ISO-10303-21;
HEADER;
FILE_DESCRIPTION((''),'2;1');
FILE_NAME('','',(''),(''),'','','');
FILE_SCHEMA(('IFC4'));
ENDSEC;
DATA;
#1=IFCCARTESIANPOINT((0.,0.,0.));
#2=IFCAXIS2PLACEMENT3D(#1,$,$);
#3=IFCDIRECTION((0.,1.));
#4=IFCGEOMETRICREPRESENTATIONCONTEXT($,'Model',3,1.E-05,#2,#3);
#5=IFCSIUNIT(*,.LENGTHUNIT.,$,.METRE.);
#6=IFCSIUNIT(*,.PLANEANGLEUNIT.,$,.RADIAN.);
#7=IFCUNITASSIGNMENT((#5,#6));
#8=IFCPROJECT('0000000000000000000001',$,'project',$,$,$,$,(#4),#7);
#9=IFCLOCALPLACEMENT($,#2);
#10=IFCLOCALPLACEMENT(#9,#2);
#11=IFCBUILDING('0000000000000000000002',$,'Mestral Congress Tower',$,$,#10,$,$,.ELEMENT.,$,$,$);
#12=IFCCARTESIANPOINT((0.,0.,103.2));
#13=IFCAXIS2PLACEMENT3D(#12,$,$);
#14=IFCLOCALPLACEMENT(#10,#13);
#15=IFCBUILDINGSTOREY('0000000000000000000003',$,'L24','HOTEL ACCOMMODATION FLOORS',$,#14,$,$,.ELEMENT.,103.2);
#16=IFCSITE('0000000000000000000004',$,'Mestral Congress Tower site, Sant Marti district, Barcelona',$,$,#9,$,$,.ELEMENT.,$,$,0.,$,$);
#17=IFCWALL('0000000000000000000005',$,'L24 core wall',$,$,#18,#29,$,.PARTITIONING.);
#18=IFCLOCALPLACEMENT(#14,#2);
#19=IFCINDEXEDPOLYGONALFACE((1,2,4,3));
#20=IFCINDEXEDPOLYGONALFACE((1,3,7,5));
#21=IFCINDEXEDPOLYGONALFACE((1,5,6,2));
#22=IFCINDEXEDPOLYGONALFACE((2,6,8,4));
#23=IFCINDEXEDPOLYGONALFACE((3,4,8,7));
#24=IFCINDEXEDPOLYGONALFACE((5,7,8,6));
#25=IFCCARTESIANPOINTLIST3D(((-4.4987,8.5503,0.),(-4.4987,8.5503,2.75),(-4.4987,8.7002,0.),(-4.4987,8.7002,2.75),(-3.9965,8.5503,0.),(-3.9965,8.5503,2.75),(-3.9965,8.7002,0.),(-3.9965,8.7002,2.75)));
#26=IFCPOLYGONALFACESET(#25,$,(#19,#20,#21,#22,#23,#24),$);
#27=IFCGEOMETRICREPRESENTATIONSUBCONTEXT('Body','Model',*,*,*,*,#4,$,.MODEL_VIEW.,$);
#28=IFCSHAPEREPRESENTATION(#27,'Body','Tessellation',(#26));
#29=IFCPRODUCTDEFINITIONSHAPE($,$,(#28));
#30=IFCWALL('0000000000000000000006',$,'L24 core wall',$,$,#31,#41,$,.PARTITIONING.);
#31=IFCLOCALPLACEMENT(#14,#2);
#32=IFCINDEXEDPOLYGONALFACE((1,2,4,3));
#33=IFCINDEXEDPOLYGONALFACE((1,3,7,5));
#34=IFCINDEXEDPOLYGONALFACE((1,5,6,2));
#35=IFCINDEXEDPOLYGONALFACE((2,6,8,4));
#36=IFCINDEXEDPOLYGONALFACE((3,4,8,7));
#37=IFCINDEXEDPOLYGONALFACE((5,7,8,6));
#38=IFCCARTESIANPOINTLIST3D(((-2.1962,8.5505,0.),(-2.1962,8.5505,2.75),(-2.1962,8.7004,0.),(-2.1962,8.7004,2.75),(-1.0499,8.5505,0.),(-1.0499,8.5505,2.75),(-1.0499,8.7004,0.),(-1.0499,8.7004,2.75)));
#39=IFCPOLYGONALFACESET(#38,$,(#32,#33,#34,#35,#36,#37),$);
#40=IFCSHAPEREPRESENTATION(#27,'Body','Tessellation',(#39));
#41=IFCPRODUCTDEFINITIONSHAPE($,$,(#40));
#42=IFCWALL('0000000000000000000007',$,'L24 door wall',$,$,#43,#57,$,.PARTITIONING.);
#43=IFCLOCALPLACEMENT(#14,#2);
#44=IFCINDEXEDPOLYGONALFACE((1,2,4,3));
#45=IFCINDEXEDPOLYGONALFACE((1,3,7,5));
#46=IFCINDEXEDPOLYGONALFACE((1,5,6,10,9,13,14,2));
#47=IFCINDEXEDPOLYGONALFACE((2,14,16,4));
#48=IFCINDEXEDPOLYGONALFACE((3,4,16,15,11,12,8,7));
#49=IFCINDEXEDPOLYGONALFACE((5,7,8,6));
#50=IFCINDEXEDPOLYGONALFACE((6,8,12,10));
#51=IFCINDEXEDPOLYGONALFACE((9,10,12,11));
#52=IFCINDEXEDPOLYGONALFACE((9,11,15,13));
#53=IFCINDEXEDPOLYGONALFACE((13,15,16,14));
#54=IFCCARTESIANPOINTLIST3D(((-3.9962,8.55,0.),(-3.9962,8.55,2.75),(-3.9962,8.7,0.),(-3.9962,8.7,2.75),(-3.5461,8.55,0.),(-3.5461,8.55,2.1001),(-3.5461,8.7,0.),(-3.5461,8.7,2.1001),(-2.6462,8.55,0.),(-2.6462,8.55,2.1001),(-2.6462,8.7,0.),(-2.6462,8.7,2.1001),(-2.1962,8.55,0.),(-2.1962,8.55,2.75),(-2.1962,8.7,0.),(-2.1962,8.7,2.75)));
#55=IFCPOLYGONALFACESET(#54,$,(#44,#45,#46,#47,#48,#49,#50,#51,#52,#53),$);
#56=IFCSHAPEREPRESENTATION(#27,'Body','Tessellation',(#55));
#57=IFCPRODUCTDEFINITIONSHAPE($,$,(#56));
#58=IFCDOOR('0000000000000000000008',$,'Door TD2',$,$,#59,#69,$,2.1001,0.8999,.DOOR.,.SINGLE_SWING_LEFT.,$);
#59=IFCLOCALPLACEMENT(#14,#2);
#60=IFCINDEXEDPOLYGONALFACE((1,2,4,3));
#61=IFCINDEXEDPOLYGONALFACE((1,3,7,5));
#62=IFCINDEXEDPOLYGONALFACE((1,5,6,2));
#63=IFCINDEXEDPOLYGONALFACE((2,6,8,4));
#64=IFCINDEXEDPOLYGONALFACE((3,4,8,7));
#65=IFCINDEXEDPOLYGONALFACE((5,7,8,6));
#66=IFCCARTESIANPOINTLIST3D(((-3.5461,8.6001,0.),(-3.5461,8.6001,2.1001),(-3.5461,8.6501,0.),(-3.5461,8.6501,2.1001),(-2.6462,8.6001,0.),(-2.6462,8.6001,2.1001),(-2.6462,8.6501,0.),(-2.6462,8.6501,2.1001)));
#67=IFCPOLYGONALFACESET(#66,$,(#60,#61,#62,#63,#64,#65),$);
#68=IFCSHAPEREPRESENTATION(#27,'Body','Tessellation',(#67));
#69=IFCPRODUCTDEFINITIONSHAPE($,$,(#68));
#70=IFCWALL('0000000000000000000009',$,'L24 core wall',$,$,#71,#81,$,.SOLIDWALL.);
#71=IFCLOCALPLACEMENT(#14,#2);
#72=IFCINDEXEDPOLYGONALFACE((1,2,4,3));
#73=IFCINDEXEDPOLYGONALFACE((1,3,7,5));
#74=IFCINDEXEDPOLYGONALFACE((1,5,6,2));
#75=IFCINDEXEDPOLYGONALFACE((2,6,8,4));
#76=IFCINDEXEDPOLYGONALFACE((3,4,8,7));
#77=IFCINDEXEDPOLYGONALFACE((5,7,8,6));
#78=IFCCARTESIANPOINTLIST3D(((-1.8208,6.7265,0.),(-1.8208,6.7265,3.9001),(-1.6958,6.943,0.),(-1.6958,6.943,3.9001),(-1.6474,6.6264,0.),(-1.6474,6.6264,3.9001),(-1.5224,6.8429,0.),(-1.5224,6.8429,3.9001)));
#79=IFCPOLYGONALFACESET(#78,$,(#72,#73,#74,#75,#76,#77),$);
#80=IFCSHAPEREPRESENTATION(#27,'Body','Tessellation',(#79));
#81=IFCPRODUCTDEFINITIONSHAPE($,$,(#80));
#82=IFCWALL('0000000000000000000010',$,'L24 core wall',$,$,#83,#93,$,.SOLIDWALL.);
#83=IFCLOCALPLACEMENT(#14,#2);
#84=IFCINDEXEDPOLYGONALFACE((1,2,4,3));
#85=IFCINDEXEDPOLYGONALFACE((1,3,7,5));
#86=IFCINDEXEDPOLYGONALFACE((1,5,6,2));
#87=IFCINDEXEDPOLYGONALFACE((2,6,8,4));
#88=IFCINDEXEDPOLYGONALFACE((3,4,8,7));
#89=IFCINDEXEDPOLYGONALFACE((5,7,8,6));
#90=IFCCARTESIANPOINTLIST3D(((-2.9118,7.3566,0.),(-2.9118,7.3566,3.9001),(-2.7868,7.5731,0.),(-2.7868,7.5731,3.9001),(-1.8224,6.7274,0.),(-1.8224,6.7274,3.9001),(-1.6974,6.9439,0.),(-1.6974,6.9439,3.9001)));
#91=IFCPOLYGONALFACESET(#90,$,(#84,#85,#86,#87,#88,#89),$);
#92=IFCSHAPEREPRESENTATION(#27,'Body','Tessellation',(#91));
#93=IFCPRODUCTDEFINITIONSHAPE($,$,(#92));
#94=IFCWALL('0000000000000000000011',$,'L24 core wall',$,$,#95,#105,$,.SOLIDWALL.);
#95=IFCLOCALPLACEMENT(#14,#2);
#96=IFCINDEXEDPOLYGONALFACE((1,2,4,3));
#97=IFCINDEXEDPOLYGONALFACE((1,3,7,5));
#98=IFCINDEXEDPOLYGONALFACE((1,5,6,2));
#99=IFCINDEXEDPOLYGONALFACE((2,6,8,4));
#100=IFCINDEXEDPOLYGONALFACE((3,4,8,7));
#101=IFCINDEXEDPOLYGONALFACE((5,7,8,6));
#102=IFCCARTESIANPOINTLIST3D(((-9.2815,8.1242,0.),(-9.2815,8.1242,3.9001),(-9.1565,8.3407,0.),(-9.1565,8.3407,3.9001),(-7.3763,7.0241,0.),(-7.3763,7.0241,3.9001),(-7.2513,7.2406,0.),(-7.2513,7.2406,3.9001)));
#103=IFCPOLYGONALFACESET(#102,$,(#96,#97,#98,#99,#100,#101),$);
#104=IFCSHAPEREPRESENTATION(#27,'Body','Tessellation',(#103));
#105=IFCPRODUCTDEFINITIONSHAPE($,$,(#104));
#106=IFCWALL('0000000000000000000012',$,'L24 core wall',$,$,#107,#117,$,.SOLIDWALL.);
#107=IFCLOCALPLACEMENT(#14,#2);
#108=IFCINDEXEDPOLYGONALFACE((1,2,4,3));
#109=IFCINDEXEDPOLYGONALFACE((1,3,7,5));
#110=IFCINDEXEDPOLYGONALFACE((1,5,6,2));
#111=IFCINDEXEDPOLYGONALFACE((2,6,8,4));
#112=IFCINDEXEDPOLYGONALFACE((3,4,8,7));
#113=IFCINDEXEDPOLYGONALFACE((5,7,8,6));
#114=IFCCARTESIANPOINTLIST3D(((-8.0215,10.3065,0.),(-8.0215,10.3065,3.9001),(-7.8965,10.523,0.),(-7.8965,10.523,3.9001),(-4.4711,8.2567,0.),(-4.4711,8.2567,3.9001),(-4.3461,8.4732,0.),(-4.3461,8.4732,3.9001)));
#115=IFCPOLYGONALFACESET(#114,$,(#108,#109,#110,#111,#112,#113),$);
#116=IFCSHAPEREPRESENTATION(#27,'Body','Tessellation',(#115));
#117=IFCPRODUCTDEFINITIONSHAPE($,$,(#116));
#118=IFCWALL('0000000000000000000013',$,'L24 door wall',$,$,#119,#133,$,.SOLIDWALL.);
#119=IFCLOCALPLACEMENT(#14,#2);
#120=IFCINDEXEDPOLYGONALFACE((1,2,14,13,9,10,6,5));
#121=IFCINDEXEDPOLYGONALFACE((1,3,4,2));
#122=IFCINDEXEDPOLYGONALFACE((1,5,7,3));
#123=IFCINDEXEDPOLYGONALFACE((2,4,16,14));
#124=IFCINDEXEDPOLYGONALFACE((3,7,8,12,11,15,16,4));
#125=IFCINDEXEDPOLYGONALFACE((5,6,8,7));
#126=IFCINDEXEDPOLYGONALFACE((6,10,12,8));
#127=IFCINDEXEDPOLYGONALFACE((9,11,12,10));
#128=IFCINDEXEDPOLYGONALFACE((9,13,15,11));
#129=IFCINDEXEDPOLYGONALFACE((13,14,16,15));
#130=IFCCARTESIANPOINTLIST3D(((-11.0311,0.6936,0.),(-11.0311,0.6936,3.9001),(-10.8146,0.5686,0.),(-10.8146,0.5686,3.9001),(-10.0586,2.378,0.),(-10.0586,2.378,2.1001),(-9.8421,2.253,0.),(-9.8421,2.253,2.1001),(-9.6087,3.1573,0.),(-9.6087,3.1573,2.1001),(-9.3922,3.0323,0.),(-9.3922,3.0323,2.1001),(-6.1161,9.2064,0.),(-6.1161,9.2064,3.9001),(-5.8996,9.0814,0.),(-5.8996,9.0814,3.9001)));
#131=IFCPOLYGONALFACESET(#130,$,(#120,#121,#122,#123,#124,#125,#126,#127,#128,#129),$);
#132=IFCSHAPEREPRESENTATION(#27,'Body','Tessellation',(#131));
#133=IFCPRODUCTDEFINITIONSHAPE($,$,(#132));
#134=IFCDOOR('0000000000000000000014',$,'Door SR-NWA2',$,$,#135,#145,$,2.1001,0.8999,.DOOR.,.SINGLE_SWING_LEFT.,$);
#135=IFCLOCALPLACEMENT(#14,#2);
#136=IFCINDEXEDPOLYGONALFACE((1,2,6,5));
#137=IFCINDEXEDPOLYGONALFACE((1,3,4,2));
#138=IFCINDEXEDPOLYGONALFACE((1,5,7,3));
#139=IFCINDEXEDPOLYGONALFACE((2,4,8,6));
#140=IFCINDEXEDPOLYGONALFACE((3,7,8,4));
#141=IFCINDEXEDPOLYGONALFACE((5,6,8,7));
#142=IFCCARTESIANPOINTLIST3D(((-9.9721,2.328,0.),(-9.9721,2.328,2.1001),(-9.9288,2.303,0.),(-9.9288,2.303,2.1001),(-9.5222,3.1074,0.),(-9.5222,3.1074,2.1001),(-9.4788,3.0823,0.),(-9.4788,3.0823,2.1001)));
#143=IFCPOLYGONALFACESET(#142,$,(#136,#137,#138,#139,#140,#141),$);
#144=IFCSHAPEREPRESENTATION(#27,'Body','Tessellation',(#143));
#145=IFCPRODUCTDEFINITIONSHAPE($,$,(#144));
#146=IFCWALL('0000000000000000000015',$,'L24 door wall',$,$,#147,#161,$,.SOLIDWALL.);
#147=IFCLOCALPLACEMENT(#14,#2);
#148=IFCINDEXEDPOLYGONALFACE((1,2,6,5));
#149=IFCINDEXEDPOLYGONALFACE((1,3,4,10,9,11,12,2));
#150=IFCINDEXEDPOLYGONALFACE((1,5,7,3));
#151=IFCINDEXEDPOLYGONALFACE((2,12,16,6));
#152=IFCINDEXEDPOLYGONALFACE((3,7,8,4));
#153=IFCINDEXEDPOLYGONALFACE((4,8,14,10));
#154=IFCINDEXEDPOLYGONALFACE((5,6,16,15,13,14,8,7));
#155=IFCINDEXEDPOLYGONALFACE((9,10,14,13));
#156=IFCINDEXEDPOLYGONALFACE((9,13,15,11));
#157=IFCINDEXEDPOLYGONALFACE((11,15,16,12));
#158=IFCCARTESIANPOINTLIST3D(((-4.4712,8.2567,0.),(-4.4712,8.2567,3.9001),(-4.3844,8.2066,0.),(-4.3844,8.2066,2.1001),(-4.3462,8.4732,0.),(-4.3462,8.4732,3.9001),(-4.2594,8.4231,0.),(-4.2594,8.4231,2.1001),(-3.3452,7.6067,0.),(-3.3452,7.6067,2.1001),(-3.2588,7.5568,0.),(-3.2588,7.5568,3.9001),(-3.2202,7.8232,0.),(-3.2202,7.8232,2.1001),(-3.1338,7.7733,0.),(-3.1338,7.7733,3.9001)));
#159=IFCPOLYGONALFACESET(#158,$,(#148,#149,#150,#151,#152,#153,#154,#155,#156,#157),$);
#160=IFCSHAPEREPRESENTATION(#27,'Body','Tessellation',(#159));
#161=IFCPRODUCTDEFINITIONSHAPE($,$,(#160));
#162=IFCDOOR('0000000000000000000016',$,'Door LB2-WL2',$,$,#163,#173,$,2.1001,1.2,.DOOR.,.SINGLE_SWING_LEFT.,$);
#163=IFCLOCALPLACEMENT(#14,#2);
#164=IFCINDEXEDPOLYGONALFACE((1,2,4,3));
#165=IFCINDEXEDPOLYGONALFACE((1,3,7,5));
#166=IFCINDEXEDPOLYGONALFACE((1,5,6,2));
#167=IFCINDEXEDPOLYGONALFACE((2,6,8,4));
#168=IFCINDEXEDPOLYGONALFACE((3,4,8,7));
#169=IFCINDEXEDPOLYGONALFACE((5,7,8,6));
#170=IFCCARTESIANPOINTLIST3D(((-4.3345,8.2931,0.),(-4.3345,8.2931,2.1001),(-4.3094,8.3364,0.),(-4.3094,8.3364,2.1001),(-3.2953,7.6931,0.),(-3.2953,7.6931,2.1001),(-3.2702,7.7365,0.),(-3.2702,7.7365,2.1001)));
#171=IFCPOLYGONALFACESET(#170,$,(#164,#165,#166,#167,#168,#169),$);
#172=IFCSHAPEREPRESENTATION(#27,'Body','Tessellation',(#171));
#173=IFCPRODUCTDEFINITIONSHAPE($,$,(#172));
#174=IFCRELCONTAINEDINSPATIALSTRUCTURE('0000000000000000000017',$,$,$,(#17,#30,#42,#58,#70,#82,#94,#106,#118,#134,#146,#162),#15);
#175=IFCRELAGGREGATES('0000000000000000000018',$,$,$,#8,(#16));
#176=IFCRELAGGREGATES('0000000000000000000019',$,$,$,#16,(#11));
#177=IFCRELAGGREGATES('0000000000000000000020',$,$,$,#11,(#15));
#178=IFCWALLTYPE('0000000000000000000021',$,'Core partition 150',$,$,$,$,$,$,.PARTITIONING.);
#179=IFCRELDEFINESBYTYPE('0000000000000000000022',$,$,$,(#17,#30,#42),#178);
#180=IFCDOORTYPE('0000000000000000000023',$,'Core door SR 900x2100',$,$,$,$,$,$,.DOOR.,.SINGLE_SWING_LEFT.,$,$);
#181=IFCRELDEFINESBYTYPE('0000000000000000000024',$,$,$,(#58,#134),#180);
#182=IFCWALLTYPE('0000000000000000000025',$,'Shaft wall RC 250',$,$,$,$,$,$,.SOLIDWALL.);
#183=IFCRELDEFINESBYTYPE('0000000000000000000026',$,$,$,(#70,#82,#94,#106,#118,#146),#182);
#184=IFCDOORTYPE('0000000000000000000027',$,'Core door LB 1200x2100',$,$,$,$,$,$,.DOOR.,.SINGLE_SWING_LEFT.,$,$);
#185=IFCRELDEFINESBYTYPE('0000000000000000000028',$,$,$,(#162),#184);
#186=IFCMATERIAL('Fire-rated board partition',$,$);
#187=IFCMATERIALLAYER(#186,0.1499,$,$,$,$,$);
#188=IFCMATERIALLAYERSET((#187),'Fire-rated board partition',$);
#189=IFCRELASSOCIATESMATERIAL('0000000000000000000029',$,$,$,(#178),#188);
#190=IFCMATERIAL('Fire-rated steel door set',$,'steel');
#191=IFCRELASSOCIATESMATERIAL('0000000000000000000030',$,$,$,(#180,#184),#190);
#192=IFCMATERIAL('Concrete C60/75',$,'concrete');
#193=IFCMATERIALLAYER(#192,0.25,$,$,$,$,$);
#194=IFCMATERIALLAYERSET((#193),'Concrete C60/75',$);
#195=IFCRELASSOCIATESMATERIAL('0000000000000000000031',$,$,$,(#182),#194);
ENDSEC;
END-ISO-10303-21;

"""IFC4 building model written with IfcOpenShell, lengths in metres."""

from ifc_helpers import new_model, si_unit, direction, frame, frame_2d, origin, place, context, subcontext, project, spatial, rectangle, extrude, material, layer, layer_set, type_object, element, fill, save


model = new_model("IFC4")

# Units and contexts
model_context = context("Model", 3, precision=1e-05, world=origin(), true_north=direction((0.0, 1.0)))
body_context = subcontext(model_context, "Body", "Model", "MODEL_VIEW")
ifc_project = project(units=[si_unit("LENGTHUNIT", "METRE"), si_unit("PLANEANGLEUNIT", "RADIAN")], contexts=[model_context])

# Site, building, storey
site_placement = place(None, origin())
site = spatial("IfcSite", under=ifc_project, at=site_placement, Name="Mestral Congress Tower site, Sant Marti district, Barcelona", CompositionType="ELEMENT", RefElevation=0.0)
building_placement = place(site_placement, origin())
building = spatial("IfcBuilding", under=site, at=building_placement, Name="Mestral Congress Tower", CompositionType="ELEMENT")
storey_placement = place(building_placement, frame((0.0, 0.0, 103.2)))
storey = spatial("IfcBuildingStorey", under=building, at=storey_placement, Name="L24", Description="HOTEL ACCOMMODATION FLOORS", CompositionType="ELEMENT", Elevation=103.2)

# Walls
ifc_material_1 = material(Name="Fire-rated board partition")
ifc_layer_1 = layer(ifc_material_1, 0.1499)
ifc_layer_set_1 = layer_set([ifc_layer_1], Name="Fire-rated board partition")
wall_type_1 = type_object("IfcWallType", Name="Core partition 150", PredefinedType="PARTITIONING", material=ifc_layer_set_1)
wall_1_placement = place(storey_placement, frame((-3.9966, 8.6252, 0.0), z_axis=(0.0, 0.0, 1.0), x_axis=(-1.0, 0.0, 0.0)))
element("IfcWall", 1, at=wall_1_placement, inside=storey, type_object=wall_type_1, Name="L24 core wall", PredefinedType="PARTITIONING", context=body_context, shape_type="SweptSolid", body=[
    extrude(rectangle(XDim=0.5022, YDim=0.1499, at=frame_2d((0.251, 0.0))), origin(), (0.0, 0.0, 1.0), 2.75),
])
wall_2_placement = place(storey_placement, frame((-2.1963, 8.6255, 0.0), z_axis=(0.0, 0.0, 1.0), x_axis=(1.0, 0.0, 0.0)))
element("IfcWall", 2, at=wall_2_placement, inside=storey, type_object=wall_type_1, Name="L24 core wall", PredefinedType="PARTITIONING", context=body_context, shape_type="SweptSolid", body=[
    extrude(rectangle(XDim=1.1462, YDim=0.1499, at=frame_2d((0.5732, 0.0))), origin(), (0.0, 0.0, 1.0), 2.75),
])

# Wall, opening, door
wall_3_placement = place(storey_placement, frame((-2.1963, 8.625, 0.0), z_axis=(0.0, 0.0, 1.0), x_axis=(-1.0, 0.0, 0.0)))
wall_3 = element("IfcWall", 3, at=wall_3_placement, inside=storey, type_object=wall_type_1, Name="L24 door wall", PredefinedType="PARTITIONING", context=body_context, shape_type="SweptSolid", body=[
    extrude(rectangle(XDim=1.8, YDim=0.1499, at=frame_2d((0.8999, 0.0))), origin(), (0.0, 0.0, 1.0), 2.75),
])
opening_1_placement = place(wall_3_placement, frame((0.45, 0.0, 0.0)))
opening_1 = element("IfcOpeningElement", 4, at=opening_1_placement, cuts=wall_3, PredefinedType="OPENING", context=body_context, shape_type="SweptSolid", body=[
    extrude(rectangle(XDim=0.8999, YDim=2.1001, at=frame_2d((0.45, 1.05))), frame((0.0, 0.085, 0.0), z_axis=(0.0, -1.0, 0.0), x_axis=(1.0, 0.0, 0.0)), (0.0, 0.0, 1.0), 0.1699),
])
ifc_material_2 = material(Name="Fire-rated steel door set", Category="steel")
door_type_1 = type_object("IfcDoorType", Name="Core door SR 900x2100", OperationType="SINGLE_SWING_LEFT", PredefinedType="DOOR", material=ifc_material_2)
door_1_placement = place(opening_1_placement, origin())
door_1 = element("IfcDoor", 5, at=door_1_placement, inside=storey, type_object=door_type_1, Name="Door TD2", OperationType="SINGLE_SWING_LEFT", OverallHeight=2.1001, OverallWidth=0.8999, PredefinedType="DOOR", context=body_context, shape_type="SweptSolid", body=[
    extrude(rectangle(XDim=0.8999, YDim=2.1001, at=frame_2d((0.45, 1.05))), frame((0.0, 0.0249, 0.0), z_axis=(0.0, -1.0, 0.0), x_axis=(1.0, 0.0, 0.0)), (0.0, 0.0, 1.0), 0.05),
])
fill(opening_1, door_1)

# Walls
ifc_material_3 = material(Name="Concrete C60/75", Category="concrete")
ifc_layer_2 = layer(ifc_material_3, 0.25)
ifc_layer_set_2 = layer_set([ifc_layer_2], Name="Concrete C60/75")
wall_type_2 = type_object("IfcWallType", Name="Shaft wall RC 250", PredefinedType="SOLIDWALL", material=ifc_layer_set_2)
wall_4_placement = place(storey_placement, frame((-1.7583, 6.8347, 0.0), z_axis=(0.0, 0.0, 1.0), x_axis=(0.865982, -0.500074, 0.0)))
element("IfcWall", 6, at=wall_4_placement, inside=storey, type_object=wall_type_2, Name="L24 core wall", PredefinedType="SOLIDWALL", context=body_context, shape_type="SweptSolid", body=[
    extrude(rectangle(XDim=0.2002, YDim=0.25, at=frame_2d((0.1001, 0.0))), origin(), (0.0, 0.0, 1.0), 3.9001),
])
wall_5_placement = place(storey_placement, frame((-1.76, 6.8357, 0.0), z_axis=(0.0, 0.0, 1.0), x_axis=(-0.865953, 0.500126, 0.0)))
element("IfcWall", 7, at=wall_5_placement, inside=storey, type_object=wall_type_2, Name="L24 core wall", PredefinedType="SOLIDWALL", context=body_context, shape_type="SweptSolid", body=[
    extrude(rectangle(XDim=1.2581, YDim=0.25, at=frame_2d((0.6289, 0.0))), origin(), (0.0, 0.0, 1.0), 3.9001),
])
wall_6_placement = place(storey_placement, frame((-7.3137, 7.1323, 0.0), z_axis=(0.0, 0.0, 1.0), x_axis=(-0.866008, 0.50003, 0.0)))
element("IfcWall", 8, at=wall_6_placement, inside=storey, type_object=wall_type_2, Name="L24 core wall", PredefinedType="SOLIDWALL", context=body_context, shape_type="SweptSolid", body=[
    extrude(rectangle(XDim=2.2, YDim=0.25, at=frame_2d((1.1001, 0.0))), origin(), (0.0, 0.0, 1.0), 3.9001),
])
wall_7_placement = place(storey_placement, frame((-7.959, 10.4148, 0.0), z_axis=(0.0, 0.0, 1.0), x_axis=(0.866021, -0.500008, 0.0)))
element("IfcWall", 9, at=wall_7_placement, inside=storey, type_object=wall_type_2, Name="L24 core wall", PredefinedType="SOLIDWALL", context=body_context, shape_type="SweptSolid", body=[
    extrude(rectangle(XDim=4.0996, YDim=0.25, at=frame_2d((2.0498, 0.0))), origin(), (0.0, 0.0, 1.0), 3.9001),
])

# Walls, openings, doors
wall_8_placement = place(storey_placement, frame((-6.0078, 9.144, 0.0), z_axis=(0.0, 0.0, 1.0), x_axis=(-0.500007, -0.866021, 0.0)))
wall_8 = element("IfcWall", 10, at=wall_8_placement, inside=storey, type_object=wall_type_2, Name="L24 door wall", PredefinedType="SOLIDWALL", context=body_context, shape_type="SweptSolid", body=[
    extrude(rectangle(XDim=9.8298, YDim=0.25, at=frame_2d((4.915, 0.0))), origin(), (0.0, 0.0, 1.0), 3.9001),
])
opening_2_placement = place(wall_8_placement, frame((6.9851, 0.0, 0.0)))
opening_2 = element("IfcOpeningElement", 11, at=opening_2_placement, cuts=wall_8, PredefinedType="OPENING", context=body_context, shape_type="SweptSolid", body=[
    extrude(rectangle(XDim=0.8999, YDim=2.1001, at=frame_2d((0.45, 1.05))), frame((0.0, 0.135, 0.0), z_axis=(0.0, -1.0, 0.0), x_axis=(1.0, 0.0, 0.0)), (0.0, 0.0, 1.0), 0.27),
])
door_2_placement = place(opening_2_placement, origin())
door_2 = element("IfcDoor", 12, at=door_2_placement, inside=storey, type_object=door_type_1, Name="Door SR-NWA2", OperationType="SINGLE_SWING_LEFT", OverallHeight=2.1001, OverallWidth=0.8999, PredefinedType="DOOR", context=body_context, shape_type="SweptSolid", body=[
    extrude(rectangle(XDim=0.8999, YDim=2.1001, at=frame_2d((0.45, 1.05))), frame((0.0, 0.0249, 0.0), z_axis=(0.0, -1.0, 0.0), x_axis=(1.0, 0.0, 0.0)), (0.0, 0.0, 1.0), 0.05),
])
fill(opening_2, door_2)
wall_9_placement = place(storey_placement, frame((-4.4087, 8.365, 0.0), z_axis=(0.0, 0.0, 1.0), x_axis=(0.866035, -0.499984, 0.0)))
wall_9 = element("IfcWall", 13, at=wall_9_placement, inside=storey, type_object=wall_type_2, Name="L24 door wall", PredefinedType="SOLIDWALL", context=body_context, shape_type="SweptSolid", body=[
    extrude(rectangle(XDim=1.3999, YDim=0.25, at=frame_2d((0.7, 0.0))), origin(), (0.0, 0.0, 1.0), 3.9001),
])
opening_3_placement = place(wall_9_placement, frame((0.1001, 0.0, 0.0)))
opening_3 = element("IfcOpeningElement", 14, at=opening_3_placement, cuts=wall_9, PredefinedType="OPENING", context=body_context, shape_type="SweptSolid", body=[
    extrude(rectangle(XDim=1.2, YDim=2.1001, at=frame_2d((0.6001, 1.05))), frame((0.0, 0.135, 0.0), z_axis=(0.0, -1.0, 0.0), x_axis=(1.0, 0.0, 0.0)), (0.0, 0.0, 1.0), 0.27),
])
door_type_2 = type_object("IfcDoorType", Name="Core door LB 1200x2100", OperationType="SINGLE_SWING_LEFT", PredefinedType="DOOR", material=ifc_material_2)
door_3_placement = place(opening_3_placement, origin())
door_3 = element("IfcDoor", 15, at=door_3_placement, inside=storey, type_object=door_type_2, Name="Door LB2-WL2", OperationType="SINGLE_SWING_LEFT", OverallHeight=2.1001, OverallWidth=1.2, PredefinedType="DOOR", context=body_context, shape_type="SweptSolid", body=[
    extrude(rectangle(XDim=1.2, YDim=2.1001, at=frame_2d((0.6001, 1.05))), frame((0.0, 0.0249, 0.0), z_axis=(0.0, -1.0, 0.0), x_axis=(1.0, 0.0, 0.0)), (0.0, 0.0, 1.0), 0.05),
])
fill(opening_3, door_3)

save(model, "model.ifc")
